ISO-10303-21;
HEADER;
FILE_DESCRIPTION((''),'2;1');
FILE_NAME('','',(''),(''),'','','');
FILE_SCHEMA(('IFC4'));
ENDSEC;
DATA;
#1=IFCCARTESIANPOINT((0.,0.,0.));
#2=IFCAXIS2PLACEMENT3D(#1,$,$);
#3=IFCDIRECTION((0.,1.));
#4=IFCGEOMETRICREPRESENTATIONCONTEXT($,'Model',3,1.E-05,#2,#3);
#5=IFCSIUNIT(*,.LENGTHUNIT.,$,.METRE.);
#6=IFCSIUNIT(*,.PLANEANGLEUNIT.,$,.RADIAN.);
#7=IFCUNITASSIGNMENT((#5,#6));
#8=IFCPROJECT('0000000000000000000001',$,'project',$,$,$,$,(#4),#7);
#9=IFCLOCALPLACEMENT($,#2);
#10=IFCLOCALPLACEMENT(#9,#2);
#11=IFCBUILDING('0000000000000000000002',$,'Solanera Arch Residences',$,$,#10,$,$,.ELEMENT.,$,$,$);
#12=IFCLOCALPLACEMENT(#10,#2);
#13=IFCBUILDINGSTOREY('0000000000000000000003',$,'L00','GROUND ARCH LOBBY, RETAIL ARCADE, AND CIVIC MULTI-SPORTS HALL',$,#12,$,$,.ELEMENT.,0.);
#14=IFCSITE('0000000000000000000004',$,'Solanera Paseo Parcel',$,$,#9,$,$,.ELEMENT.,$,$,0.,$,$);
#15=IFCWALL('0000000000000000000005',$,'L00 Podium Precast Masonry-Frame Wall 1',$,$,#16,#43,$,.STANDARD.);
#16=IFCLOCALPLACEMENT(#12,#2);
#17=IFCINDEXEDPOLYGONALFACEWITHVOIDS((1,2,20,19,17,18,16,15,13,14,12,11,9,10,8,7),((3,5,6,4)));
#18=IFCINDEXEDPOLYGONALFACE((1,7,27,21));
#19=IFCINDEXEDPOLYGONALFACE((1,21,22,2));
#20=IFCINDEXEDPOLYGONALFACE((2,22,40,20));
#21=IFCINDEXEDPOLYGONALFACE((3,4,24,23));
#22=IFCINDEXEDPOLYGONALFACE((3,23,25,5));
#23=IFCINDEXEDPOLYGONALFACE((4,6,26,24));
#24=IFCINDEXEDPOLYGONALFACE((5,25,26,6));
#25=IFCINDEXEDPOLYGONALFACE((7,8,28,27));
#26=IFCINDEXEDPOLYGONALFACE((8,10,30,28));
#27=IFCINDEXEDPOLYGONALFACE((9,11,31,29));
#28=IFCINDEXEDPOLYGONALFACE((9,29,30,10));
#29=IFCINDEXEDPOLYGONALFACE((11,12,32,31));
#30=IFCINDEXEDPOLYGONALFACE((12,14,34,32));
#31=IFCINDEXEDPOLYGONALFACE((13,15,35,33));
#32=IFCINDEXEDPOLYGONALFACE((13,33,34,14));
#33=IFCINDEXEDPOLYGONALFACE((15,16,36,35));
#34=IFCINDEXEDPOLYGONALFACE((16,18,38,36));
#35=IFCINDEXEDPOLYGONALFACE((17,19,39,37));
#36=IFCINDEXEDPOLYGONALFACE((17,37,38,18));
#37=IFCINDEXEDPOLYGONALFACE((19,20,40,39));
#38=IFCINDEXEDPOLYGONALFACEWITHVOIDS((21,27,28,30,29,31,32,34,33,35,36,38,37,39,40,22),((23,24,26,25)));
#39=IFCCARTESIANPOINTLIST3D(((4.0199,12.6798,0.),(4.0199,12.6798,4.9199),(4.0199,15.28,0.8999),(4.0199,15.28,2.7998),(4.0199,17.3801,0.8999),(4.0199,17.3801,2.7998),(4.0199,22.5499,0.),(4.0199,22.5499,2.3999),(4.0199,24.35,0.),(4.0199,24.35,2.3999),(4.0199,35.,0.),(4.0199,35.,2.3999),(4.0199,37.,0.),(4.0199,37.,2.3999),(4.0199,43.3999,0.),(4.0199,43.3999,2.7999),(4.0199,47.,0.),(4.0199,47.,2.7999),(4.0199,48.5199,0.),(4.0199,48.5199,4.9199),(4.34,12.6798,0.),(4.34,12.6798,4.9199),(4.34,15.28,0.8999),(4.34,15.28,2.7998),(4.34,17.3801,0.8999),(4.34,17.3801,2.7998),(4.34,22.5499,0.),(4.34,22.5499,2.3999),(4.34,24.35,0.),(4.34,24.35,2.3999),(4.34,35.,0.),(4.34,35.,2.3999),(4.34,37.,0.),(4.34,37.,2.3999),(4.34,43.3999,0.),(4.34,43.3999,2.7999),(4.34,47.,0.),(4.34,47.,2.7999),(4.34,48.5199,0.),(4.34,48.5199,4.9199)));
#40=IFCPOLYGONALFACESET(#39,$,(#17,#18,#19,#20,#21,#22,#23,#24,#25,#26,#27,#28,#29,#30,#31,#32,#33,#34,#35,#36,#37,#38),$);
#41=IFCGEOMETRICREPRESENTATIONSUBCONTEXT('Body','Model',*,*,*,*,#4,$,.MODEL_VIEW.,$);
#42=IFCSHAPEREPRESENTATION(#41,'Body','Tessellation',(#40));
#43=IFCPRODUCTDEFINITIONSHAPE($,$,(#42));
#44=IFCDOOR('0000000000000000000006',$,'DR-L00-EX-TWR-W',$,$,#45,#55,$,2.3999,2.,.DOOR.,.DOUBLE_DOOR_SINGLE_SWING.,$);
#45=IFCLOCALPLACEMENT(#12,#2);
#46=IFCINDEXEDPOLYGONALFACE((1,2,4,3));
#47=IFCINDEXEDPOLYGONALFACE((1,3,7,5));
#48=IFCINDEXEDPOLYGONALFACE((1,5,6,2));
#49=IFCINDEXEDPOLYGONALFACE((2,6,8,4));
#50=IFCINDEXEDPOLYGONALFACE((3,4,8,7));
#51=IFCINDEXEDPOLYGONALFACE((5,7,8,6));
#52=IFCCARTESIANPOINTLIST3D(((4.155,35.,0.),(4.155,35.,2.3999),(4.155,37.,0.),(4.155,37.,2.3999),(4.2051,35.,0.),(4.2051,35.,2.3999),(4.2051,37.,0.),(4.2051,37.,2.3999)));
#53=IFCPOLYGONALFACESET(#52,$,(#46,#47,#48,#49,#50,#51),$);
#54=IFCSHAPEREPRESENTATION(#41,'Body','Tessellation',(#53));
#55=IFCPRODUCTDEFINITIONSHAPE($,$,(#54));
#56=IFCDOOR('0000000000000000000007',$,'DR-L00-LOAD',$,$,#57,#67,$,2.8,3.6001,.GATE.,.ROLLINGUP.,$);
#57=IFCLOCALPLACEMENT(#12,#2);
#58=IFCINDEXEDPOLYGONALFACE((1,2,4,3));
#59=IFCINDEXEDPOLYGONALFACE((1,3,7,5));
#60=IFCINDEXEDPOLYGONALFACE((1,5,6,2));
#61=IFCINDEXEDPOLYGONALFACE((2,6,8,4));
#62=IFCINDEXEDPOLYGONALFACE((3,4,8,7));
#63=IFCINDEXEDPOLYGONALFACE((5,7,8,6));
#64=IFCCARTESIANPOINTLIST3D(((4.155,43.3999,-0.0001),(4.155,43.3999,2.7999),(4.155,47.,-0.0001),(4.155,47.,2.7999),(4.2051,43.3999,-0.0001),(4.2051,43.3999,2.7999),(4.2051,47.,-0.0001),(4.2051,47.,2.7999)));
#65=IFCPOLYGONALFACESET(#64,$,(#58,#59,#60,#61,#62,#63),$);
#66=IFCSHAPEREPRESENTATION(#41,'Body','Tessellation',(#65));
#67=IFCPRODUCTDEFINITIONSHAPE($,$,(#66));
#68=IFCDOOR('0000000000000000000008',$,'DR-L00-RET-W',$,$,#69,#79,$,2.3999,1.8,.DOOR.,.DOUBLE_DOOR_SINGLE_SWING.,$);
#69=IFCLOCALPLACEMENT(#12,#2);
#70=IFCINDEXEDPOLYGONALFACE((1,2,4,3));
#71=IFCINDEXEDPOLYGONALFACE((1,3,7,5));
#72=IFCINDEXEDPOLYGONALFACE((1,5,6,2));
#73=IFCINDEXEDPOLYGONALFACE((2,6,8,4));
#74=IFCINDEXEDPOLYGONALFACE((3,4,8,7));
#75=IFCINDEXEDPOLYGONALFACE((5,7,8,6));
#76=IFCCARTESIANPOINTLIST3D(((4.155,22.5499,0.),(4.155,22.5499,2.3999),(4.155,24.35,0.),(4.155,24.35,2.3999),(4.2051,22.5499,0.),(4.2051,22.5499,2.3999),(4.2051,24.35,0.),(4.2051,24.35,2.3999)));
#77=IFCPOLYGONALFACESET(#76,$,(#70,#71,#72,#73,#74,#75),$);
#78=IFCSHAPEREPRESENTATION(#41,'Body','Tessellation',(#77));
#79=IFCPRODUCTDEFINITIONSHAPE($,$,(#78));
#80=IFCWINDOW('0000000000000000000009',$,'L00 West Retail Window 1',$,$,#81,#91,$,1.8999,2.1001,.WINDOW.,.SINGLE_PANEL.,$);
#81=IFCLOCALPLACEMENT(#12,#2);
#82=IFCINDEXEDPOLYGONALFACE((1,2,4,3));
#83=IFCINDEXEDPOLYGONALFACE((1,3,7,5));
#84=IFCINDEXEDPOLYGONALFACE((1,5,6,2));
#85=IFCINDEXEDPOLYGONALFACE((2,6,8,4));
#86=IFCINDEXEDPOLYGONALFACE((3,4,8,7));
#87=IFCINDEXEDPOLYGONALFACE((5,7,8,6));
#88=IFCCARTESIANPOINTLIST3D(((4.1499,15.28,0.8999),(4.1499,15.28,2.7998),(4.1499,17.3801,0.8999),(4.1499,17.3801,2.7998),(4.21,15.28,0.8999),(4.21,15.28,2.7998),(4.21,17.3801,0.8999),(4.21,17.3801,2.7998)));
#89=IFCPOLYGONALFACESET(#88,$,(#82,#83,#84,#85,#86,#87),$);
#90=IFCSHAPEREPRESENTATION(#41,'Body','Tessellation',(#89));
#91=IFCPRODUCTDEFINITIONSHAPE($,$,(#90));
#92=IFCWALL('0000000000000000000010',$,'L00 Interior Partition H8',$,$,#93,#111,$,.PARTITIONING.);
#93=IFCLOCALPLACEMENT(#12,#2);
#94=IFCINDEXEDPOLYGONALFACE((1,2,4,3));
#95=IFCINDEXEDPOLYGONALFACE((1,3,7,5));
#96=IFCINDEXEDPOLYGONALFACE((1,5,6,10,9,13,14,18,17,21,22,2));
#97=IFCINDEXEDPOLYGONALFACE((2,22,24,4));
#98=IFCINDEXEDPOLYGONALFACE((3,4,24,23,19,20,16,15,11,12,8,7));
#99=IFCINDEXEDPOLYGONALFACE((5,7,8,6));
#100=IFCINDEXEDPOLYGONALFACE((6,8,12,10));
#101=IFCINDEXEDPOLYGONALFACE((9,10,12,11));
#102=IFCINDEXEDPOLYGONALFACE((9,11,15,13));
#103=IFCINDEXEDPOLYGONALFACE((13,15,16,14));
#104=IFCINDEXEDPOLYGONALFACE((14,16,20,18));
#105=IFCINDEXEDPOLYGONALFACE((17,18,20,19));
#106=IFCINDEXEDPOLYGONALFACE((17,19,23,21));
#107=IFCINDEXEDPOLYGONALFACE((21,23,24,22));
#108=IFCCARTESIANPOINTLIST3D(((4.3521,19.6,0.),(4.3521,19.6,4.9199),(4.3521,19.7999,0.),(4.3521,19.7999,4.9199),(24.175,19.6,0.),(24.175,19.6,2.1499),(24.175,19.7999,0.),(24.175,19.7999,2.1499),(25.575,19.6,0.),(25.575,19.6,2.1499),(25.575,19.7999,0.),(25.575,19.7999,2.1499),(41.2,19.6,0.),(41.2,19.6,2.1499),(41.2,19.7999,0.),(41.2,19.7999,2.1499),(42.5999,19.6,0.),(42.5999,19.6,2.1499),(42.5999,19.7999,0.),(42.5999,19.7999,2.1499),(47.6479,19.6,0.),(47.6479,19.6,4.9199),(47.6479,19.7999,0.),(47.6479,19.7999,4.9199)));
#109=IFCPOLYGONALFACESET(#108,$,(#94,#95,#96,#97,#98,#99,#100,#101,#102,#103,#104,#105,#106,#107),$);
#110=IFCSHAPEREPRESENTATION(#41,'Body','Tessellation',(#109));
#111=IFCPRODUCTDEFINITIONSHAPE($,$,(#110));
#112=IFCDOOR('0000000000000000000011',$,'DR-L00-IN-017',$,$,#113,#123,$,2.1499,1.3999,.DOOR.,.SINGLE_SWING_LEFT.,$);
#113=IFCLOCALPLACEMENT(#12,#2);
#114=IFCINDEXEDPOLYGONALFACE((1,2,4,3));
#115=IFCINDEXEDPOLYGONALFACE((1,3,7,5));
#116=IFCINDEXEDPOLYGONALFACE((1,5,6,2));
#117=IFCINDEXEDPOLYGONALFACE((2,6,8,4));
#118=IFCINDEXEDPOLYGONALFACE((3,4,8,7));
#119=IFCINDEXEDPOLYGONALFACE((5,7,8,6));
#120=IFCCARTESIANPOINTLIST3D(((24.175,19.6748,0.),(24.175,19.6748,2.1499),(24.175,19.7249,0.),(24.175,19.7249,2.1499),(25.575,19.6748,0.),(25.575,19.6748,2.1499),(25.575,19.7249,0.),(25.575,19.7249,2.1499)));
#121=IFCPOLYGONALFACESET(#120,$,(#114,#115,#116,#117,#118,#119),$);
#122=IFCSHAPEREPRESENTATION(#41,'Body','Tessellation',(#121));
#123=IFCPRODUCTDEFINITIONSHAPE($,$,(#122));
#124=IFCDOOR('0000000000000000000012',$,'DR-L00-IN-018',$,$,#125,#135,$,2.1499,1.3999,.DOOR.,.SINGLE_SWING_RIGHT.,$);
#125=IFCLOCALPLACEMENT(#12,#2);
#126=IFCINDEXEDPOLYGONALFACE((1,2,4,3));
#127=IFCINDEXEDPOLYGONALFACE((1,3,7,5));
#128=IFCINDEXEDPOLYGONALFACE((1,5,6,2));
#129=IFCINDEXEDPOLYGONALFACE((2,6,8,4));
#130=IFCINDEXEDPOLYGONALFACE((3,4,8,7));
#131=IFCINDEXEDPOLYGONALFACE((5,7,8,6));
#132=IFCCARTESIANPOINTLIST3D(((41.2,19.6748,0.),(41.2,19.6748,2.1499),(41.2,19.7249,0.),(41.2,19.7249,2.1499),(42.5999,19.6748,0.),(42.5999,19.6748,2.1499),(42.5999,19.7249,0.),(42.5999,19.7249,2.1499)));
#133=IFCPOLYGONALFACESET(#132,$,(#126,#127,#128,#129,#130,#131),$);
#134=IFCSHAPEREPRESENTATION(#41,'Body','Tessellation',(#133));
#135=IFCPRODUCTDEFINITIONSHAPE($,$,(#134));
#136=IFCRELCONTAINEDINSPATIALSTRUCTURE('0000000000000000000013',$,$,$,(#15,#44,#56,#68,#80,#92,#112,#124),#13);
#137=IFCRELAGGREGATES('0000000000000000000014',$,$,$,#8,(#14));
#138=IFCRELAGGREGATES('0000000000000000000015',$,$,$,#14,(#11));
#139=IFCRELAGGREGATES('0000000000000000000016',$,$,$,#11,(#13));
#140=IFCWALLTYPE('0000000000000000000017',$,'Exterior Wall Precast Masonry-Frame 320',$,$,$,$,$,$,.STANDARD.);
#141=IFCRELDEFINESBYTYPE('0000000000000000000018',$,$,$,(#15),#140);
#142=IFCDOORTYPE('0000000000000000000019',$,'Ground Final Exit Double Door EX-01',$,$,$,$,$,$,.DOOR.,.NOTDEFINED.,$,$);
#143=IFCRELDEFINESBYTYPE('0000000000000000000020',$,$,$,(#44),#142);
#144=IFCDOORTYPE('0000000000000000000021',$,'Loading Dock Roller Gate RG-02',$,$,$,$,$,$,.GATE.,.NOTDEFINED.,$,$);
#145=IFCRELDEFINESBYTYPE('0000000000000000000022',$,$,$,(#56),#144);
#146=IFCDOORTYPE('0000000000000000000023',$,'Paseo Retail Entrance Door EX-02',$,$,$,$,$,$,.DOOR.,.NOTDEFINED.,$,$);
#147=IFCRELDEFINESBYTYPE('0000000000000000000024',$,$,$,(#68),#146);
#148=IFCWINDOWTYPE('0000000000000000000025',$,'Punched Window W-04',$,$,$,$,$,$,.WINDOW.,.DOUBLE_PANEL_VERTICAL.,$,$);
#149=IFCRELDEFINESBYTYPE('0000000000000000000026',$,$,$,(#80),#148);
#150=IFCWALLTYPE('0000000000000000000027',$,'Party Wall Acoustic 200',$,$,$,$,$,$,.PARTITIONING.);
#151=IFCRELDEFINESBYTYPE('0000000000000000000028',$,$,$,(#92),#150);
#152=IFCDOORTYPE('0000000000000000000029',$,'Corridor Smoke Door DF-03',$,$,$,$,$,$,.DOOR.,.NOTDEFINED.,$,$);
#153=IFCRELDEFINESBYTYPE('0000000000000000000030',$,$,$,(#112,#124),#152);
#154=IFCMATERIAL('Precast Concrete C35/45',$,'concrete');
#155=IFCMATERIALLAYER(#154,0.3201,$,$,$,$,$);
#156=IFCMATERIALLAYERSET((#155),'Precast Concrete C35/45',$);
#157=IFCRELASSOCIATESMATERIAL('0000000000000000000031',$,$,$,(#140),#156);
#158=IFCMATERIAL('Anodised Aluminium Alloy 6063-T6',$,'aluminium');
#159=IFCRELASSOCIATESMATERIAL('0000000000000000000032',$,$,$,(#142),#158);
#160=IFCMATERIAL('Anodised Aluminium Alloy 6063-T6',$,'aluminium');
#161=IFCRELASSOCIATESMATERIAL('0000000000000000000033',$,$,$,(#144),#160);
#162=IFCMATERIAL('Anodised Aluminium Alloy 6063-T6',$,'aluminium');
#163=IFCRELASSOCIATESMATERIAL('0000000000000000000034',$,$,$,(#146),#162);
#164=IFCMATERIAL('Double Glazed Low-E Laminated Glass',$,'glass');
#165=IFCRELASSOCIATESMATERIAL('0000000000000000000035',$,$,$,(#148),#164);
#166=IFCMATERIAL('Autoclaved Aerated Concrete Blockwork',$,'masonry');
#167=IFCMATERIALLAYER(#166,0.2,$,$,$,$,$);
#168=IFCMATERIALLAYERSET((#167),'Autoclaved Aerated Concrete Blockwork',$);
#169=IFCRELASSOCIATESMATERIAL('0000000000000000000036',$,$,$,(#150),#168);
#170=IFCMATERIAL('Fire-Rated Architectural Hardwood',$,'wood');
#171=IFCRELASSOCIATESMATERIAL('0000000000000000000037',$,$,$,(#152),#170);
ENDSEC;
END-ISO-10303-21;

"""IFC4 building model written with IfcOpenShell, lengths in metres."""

from ifc_helpers import new_model, si_unit, direction, frame, frame_2d, origin, place, context, subcontext, project, spatial, rectangle, extrude, material, layer, layer_set, type_object, element, fill, save


model = new_model("IFC4")

# Units and contexts
model_context = context("Model", 3, precision=1e-05, world=origin(), true_north=direction((0.0, 1.0)))
body_context = subcontext(model_context, "Body", "Model", "MODEL_VIEW")
ifc_project = project(units=[si_unit("LENGTHUNIT", "METRE"), si_unit("PLANEANGLEUNIT", "RADIAN")], contexts=[model_context])

# Site, building, storey
site_placement = place(None, origin())
site = spatial("IfcSite", under=ifc_project, at=site_placement, Name="Solanera Paseo Parcel", CompositionType="ELEMENT", RefElevation=0.0)
building_placement = place(site_placement, origin())
building = spatial("IfcBuilding", under=site, at=building_placement, Name="Solanera Arch Residences", CompositionType="ELEMENT")
storey_placement = place(building_placement, origin())
storey = spatial("IfcBuildingStorey", under=building, at=storey_placement, Name="L00", Description="GROUND ARCH LOBBY, RETAIL ARCADE, AND CIVIC MULTI-SPORTS HALL", CompositionType="ELEMENT", Elevation=0.0)

# Wall, openings, doors, window
ifc_material_1 = material(Name="Precast Concrete C35/45", Category="concrete")
ifc_layer_1 = layer(ifc_material_1, 0.3201)
ifc_layer_set_1 = layer_set([ifc_layer_1], Name="Precast Concrete C35/45")
wall_type_1 = type_object("IfcWallType", Name="Exterior Wall Precast Masonry-Frame 320", PredefinedType="STANDARD", material=ifc_layer_set_1)
wall_1_placement = place(storey_placement, frame((4.1799, 12.6799, 0.0), z_axis=(0.0, 0.0, 1.0), x_axis=(0.0, 1.0, 0.0)))
wall_1 = element("IfcWall", 1, at=wall_1_placement, inside=storey, type_object=wall_type_1, Name="L00 Podium Precast Masonry-Frame Wall 1", PredefinedType="STANDARD", context=body_context, shape_type="SweptSolid", body=[
    extrude(rectangle(XDim=35.8401, YDim=0.3201, at=frame_2d((17.9199, 0.0))), origin(), (0.0, 0.0, 1.0), 4.9199),
])
opening_1_placement = place(wall_1_placement, frame((9.8701, 0.0, 0.0)))
opening_1 = element("IfcOpeningElement", 2, at=opening_1_placement, cuts=wall_1, PredefinedType="OPENING", context=body_context, shape_type="SweptSolid", body=[
    extrude(rectangle(XDim=1.8, YDim=2.3999, at=frame_2d((0.8999, 1.2))), frame((0.0, 0.1699, 0.0), z_axis=(0.0, -1.0, 0.0), x_axis=(1.0, 0.0, 0.0)), (0.0, 0.0, 1.0), 0.3401),
])
opening_2_placement = place(wall_1_placement, frame((22.3201, 0.0, 0.0)))
opening_2 = element("IfcOpeningElement", 3, at=opening_2_placement, cuts=wall_1, PredefinedType="OPENING", context=body_context, shape_type="SweptSolid", body=[
    extrude(rectangle(XDim=2.0, YDim=2.3999, at=frame_2d((1.0, 1.2))), frame((0.0, 0.1699, 0.0), z_axis=(0.0, -1.0, 0.0), x_axis=(1.0, 0.0, 0.0)), (0.0, 0.0, 1.0), 0.3401),
])
opening_3_placement = place(wall_1_placement, frame((30.72, 0.0, 0.0)))
opening_3 = element("IfcOpeningElement", 4, at=opening_3_placement, cuts=wall_1, PredefinedType="OPENING", context=body_context, shape_type="SweptSolid", body=[
    extrude(rectangle(XDim=3.6001, YDim=2.8, at=frame_2d((1.8, 1.3999))), frame((0.0, 0.1699, 0.0), z_axis=(0.0, -1.0, 0.0), x_axis=(1.0, 0.0, 0.0)), (0.0, 0.0, 1.0), 0.3401),
])
opening_4_placement = place(wall_1_placement, frame((2.6001, 0.0, 0.8999)))
opening_4 = element("IfcOpeningElement", 5, at=opening_4_placement, cuts=wall_1, PredefinedType="OPENING", context=body_context, shape_type="SweptSolid", body=[
    extrude(rectangle(XDim=2.1001, YDim=1.8999, at=frame_2d((1.05, 0.95))), frame((0.0, 0.1699, 0.0), z_axis=(0.0, -1.0, 0.0), x_axis=(1.0, 0.0, 0.0)), (0.0, 0.0, 1.0), 0.3401),
])
ifc_material_2 = material(Name="Anodised Aluminium Alloy 6063-T6", Category="aluminium")
door_type_1 = type_object("IfcDoorType", Name="Ground Final Exit Double Door EX-01", OperationType="NOTDEFINED", PredefinedType="DOOR", material=ifc_material_2)
door_1_placement = place(opening_2_placement, origin())
door_1 = element("IfcDoor", 6, at=door_1_placement, inside=storey, type_object=door_type_1, Name="DR-L00-EX-TWR-W", OperationType="DOUBLE_DOOR_SINGLE_SWING", OverallHeight=2.3999, OverallWidth=2.0, PredefinedType="DOOR", context=body_context, shape_type="SweptSolid", body=[
    extrude(rectangle(XDim=2.0, YDim=2.3999, at=frame_2d((1.0, 1.2))), frame((0.0, 0.0249, 0.0), z_axis=(0.0, -1.0, 0.0), x_axis=(1.0, 0.0, 0.0)), (0.0, 0.0, 1.0), 0.05),
])
fill(opening_2, door_1)
ifc_material_3 = material(Name="Anodised Aluminium Alloy 6063-T6", Category="aluminium")
door_type_2 = type_object("IfcDoorType", Name="Loading Dock Roller Gate RG-02", OperationType="NOTDEFINED", PredefinedType="GATE", material=ifc_material_3)
door_2_placement = place(opening_3_placement, origin())
door_2 = element("IfcDoor", 7, at=door_2_placement, inside=storey, type_object=door_type_2, Name="DR-L00-LOAD", OperationType="ROLLINGUP", OverallHeight=2.8, OverallWidth=3.6001, PredefinedType="GATE", context=body_context, shape_type="SweptSolid", body=[
    extrude(rectangle(XDim=3.6001, YDim=2.8, at=frame_2d((1.8, 1.3999))), frame((0.0, 0.0249, 0.0), z_axis=(0.0, -1.0, 0.0), x_axis=(1.0, 0.0, 0.0)), (0.0, 0.0, 1.0), 0.05),
])
fill(opening_3, door_2)
ifc_material_4 = material(Name="Anodised Aluminium Alloy 6063-T6", Category="aluminium")
door_type_3 = type_object("IfcDoorType", Name="Paseo Retail Entrance Door EX-02", OperationType="NOTDEFINED", PredefinedType="DOOR", material=ifc_material_4)
door_3_placement = place(opening_1_placement, origin())
door_3 = element("IfcDoor", 8, at=door_3_placement, inside=storey, type_object=door_type_3, Name="DR-L00-RET-W", OperationType="DOUBLE_DOOR_SINGLE_SWING", OverallHeight=2.3999, OverallWidth=1.8, PredefinedType="DOOR", context=body_context, shape_type="SweptSolid", body=[
    extrude(rectangle(XDim=1.8, YDim=2.3999, at=frame_2d((0.8999, 1.2))), frame((0.0, 0.0249, 0.0), z_axis=(0.0, -1.0, 0.0), x_axis=(1.0, 0.0, 0.0)), (0.0, 0.0, 1.0), 0.05),
])
fill(opening_1, door_3)
ifc_material_5 = material(Name="Double Glazed Low-E Laminated Glass", Category="glass")
window_type = type_object("IfcWindowType", Name="Punched Window W-04", PartitioningType="DOUBLE_PANEL_VERTICAL", PredefinedType="WINDOW", material=ifc_material_5)
window_placement = place(opening_4_placement, origin())
window = element("IfcWindow", 9, at=window_placement, inside=storey, type_object=window_type, Name="L00 West Retail Window 1", OverallHeight=1.8999, OverallWidth=2.1001, PartitioningType="SINGLE_PANEL", PredefinedType="WINDOW", context=body_context, shape_type="SweptSolid", body=[
    extrude(rectangle(XDim=2.1001, YDim=1.8999, at=frame_2d((1.05, 0.95))), frame((0.0, 0.03, 0.0), z_axis=(0.0, -1.0, 0.0), x_axis=(1.0, 0.0, 0.0)), (0.0, 0.0, 1.0), 0.0601),
])
fill(opening_4, window)

# Wall, openings, doors
ifc_material_6 = material(Name="Autoclaved Aerated Concrete Blockwork", Category="masonry")
ifc_layer_2 = layer(ifc_material_6, 0.2)
ifc_layer_set_2 = layer_set([ifc_layer_2], Name="Autoclaved Aerated Concrete Blockwork")
wall_type_2 = type_object("IfcWallType", Name="Party Wall Acoustic 200", PredefinedType="PARTITIONING", material=ifc_layer_set_2)
wall_2_placement = place(storey_placement, frame((4.3521, 19.7, 0.0), z_axis=(0.0, 0.0, 1.0), x_axis=(1.0, 0.0, 0.0)))
wall_2 = element("IfcWall", 10, at=wall_2_placement, inside=storey, type_object=wall_type_2, Name="L00 Interior Partition H8", PredefinedType="PARTITIONING", context=body_context, shape_type="SweptSolid", body=[
    extrude(rectangle(XDim=43.2959, YDim=0.2, at=frame_2d((21.6479, 0.0))), origin(), (0.0, 0.0, 1.0), 4.9199),
])
opening_5_placement = place(wall_2_placement, frame((19.823, 0.0, 0.0)))
opening_5 = element("IfcOpeningElement", 11, at=opening_5_placement, cuts=wall_2, PredefinedType="OPENING", context=body_context, shape_type="SweptSolid", body=[
    extrude(rectangle(XDim=1.3999, YDim=2.1499, at=frame_2d((0.7, 1.075))), frame((0.0, 0.1101, 0.0), z_axis=(0.0, -1.0, 0.0), x_axis=(1.0, 0.0, 0.0)), (0.0, 0.0, 1.0), 0.22),
])
opening_6_placement = place(wall_2_placement, frame((36.8479, 0.0, 0.0)))
opening_6 = element("IfcOpeningElement", 12, at=opening_6_placement, cuts=wall_2, PredefinedType="OPENING", context=body_context, shape_type="SweptSolid", body=[
    extrude(rectangle(XDim=1.3999, YDim=2.1499, at=frame_2d((0.7, 1.075))), frame((0.0, 0.1101, 0.0), z_axis=(0.0, -1.0, 0.0), x_axis=(1.0, 0.0, 0.0)), (0.0, 0.0, 1.0), 0.22),
])
ifc_material_7 = material(Name="Fire-Rated Architectural Hardwood", Category="wood")
door_type_4 = type_object("IfcDoorType", Name="Corridor Smoke Door DF-03", OperationType="NOTDEFINED", PredefinedType="DOOR", material=ifc_material_7)
door_4_placement = place(opening_5_placement, origin())
door_4 = element("IfcDoor", 13, at=door_4_placement, inside=storey, type_object=door_type_4, Name="DR-L00-IN-017", OperationType="SINGLE_SWING_LEFT", OverallHeight=2.1499, OverallWidth=1.3999, PredefinedType="DOOR", context=body_context, shape_type="SweptSolid", body=[
    extrude(rectangle(XDim=1.3999, YDim=2.1499, at=frame_2d((0.7, 1.075))), frame((0.0, 0.0249, 0.0), z_axis=(0.0, -1.0, 0.0), x_axis=(1.0, 0.0, 0.0)), (0.0, 0.0, 1.0), 0.05),
])
fill(opening_5, door_4)
door_5_placement = place(opening_6_placement, origin())
door_5 = element("IfcDoor", 14, at=door_5_placement, inside=storey, type_object=door_type_4, Name="DR-L00-IN-018", OperationType="SINGLE_SWING_RIGHT", OverallHeight=2.1499, OverallWidth=1.3999, PredefinedType="DOOR", context=body_context, shape_type="SweptSolid", body=[
    extrude(rectangle(XDim=1.3999, YDim=2.1499, at=frame_2d((0.7, 1.075))), frame((0.0, 0.0249, 0.0), z_axis=(0.0, -1.0, 0.0), x_axis=(1.0, 0.0, 0.0)), (0.0, 0.0, 1.0), 0.05),
])
fill(opening_6, door_5)

save(model, "model.ifc")
